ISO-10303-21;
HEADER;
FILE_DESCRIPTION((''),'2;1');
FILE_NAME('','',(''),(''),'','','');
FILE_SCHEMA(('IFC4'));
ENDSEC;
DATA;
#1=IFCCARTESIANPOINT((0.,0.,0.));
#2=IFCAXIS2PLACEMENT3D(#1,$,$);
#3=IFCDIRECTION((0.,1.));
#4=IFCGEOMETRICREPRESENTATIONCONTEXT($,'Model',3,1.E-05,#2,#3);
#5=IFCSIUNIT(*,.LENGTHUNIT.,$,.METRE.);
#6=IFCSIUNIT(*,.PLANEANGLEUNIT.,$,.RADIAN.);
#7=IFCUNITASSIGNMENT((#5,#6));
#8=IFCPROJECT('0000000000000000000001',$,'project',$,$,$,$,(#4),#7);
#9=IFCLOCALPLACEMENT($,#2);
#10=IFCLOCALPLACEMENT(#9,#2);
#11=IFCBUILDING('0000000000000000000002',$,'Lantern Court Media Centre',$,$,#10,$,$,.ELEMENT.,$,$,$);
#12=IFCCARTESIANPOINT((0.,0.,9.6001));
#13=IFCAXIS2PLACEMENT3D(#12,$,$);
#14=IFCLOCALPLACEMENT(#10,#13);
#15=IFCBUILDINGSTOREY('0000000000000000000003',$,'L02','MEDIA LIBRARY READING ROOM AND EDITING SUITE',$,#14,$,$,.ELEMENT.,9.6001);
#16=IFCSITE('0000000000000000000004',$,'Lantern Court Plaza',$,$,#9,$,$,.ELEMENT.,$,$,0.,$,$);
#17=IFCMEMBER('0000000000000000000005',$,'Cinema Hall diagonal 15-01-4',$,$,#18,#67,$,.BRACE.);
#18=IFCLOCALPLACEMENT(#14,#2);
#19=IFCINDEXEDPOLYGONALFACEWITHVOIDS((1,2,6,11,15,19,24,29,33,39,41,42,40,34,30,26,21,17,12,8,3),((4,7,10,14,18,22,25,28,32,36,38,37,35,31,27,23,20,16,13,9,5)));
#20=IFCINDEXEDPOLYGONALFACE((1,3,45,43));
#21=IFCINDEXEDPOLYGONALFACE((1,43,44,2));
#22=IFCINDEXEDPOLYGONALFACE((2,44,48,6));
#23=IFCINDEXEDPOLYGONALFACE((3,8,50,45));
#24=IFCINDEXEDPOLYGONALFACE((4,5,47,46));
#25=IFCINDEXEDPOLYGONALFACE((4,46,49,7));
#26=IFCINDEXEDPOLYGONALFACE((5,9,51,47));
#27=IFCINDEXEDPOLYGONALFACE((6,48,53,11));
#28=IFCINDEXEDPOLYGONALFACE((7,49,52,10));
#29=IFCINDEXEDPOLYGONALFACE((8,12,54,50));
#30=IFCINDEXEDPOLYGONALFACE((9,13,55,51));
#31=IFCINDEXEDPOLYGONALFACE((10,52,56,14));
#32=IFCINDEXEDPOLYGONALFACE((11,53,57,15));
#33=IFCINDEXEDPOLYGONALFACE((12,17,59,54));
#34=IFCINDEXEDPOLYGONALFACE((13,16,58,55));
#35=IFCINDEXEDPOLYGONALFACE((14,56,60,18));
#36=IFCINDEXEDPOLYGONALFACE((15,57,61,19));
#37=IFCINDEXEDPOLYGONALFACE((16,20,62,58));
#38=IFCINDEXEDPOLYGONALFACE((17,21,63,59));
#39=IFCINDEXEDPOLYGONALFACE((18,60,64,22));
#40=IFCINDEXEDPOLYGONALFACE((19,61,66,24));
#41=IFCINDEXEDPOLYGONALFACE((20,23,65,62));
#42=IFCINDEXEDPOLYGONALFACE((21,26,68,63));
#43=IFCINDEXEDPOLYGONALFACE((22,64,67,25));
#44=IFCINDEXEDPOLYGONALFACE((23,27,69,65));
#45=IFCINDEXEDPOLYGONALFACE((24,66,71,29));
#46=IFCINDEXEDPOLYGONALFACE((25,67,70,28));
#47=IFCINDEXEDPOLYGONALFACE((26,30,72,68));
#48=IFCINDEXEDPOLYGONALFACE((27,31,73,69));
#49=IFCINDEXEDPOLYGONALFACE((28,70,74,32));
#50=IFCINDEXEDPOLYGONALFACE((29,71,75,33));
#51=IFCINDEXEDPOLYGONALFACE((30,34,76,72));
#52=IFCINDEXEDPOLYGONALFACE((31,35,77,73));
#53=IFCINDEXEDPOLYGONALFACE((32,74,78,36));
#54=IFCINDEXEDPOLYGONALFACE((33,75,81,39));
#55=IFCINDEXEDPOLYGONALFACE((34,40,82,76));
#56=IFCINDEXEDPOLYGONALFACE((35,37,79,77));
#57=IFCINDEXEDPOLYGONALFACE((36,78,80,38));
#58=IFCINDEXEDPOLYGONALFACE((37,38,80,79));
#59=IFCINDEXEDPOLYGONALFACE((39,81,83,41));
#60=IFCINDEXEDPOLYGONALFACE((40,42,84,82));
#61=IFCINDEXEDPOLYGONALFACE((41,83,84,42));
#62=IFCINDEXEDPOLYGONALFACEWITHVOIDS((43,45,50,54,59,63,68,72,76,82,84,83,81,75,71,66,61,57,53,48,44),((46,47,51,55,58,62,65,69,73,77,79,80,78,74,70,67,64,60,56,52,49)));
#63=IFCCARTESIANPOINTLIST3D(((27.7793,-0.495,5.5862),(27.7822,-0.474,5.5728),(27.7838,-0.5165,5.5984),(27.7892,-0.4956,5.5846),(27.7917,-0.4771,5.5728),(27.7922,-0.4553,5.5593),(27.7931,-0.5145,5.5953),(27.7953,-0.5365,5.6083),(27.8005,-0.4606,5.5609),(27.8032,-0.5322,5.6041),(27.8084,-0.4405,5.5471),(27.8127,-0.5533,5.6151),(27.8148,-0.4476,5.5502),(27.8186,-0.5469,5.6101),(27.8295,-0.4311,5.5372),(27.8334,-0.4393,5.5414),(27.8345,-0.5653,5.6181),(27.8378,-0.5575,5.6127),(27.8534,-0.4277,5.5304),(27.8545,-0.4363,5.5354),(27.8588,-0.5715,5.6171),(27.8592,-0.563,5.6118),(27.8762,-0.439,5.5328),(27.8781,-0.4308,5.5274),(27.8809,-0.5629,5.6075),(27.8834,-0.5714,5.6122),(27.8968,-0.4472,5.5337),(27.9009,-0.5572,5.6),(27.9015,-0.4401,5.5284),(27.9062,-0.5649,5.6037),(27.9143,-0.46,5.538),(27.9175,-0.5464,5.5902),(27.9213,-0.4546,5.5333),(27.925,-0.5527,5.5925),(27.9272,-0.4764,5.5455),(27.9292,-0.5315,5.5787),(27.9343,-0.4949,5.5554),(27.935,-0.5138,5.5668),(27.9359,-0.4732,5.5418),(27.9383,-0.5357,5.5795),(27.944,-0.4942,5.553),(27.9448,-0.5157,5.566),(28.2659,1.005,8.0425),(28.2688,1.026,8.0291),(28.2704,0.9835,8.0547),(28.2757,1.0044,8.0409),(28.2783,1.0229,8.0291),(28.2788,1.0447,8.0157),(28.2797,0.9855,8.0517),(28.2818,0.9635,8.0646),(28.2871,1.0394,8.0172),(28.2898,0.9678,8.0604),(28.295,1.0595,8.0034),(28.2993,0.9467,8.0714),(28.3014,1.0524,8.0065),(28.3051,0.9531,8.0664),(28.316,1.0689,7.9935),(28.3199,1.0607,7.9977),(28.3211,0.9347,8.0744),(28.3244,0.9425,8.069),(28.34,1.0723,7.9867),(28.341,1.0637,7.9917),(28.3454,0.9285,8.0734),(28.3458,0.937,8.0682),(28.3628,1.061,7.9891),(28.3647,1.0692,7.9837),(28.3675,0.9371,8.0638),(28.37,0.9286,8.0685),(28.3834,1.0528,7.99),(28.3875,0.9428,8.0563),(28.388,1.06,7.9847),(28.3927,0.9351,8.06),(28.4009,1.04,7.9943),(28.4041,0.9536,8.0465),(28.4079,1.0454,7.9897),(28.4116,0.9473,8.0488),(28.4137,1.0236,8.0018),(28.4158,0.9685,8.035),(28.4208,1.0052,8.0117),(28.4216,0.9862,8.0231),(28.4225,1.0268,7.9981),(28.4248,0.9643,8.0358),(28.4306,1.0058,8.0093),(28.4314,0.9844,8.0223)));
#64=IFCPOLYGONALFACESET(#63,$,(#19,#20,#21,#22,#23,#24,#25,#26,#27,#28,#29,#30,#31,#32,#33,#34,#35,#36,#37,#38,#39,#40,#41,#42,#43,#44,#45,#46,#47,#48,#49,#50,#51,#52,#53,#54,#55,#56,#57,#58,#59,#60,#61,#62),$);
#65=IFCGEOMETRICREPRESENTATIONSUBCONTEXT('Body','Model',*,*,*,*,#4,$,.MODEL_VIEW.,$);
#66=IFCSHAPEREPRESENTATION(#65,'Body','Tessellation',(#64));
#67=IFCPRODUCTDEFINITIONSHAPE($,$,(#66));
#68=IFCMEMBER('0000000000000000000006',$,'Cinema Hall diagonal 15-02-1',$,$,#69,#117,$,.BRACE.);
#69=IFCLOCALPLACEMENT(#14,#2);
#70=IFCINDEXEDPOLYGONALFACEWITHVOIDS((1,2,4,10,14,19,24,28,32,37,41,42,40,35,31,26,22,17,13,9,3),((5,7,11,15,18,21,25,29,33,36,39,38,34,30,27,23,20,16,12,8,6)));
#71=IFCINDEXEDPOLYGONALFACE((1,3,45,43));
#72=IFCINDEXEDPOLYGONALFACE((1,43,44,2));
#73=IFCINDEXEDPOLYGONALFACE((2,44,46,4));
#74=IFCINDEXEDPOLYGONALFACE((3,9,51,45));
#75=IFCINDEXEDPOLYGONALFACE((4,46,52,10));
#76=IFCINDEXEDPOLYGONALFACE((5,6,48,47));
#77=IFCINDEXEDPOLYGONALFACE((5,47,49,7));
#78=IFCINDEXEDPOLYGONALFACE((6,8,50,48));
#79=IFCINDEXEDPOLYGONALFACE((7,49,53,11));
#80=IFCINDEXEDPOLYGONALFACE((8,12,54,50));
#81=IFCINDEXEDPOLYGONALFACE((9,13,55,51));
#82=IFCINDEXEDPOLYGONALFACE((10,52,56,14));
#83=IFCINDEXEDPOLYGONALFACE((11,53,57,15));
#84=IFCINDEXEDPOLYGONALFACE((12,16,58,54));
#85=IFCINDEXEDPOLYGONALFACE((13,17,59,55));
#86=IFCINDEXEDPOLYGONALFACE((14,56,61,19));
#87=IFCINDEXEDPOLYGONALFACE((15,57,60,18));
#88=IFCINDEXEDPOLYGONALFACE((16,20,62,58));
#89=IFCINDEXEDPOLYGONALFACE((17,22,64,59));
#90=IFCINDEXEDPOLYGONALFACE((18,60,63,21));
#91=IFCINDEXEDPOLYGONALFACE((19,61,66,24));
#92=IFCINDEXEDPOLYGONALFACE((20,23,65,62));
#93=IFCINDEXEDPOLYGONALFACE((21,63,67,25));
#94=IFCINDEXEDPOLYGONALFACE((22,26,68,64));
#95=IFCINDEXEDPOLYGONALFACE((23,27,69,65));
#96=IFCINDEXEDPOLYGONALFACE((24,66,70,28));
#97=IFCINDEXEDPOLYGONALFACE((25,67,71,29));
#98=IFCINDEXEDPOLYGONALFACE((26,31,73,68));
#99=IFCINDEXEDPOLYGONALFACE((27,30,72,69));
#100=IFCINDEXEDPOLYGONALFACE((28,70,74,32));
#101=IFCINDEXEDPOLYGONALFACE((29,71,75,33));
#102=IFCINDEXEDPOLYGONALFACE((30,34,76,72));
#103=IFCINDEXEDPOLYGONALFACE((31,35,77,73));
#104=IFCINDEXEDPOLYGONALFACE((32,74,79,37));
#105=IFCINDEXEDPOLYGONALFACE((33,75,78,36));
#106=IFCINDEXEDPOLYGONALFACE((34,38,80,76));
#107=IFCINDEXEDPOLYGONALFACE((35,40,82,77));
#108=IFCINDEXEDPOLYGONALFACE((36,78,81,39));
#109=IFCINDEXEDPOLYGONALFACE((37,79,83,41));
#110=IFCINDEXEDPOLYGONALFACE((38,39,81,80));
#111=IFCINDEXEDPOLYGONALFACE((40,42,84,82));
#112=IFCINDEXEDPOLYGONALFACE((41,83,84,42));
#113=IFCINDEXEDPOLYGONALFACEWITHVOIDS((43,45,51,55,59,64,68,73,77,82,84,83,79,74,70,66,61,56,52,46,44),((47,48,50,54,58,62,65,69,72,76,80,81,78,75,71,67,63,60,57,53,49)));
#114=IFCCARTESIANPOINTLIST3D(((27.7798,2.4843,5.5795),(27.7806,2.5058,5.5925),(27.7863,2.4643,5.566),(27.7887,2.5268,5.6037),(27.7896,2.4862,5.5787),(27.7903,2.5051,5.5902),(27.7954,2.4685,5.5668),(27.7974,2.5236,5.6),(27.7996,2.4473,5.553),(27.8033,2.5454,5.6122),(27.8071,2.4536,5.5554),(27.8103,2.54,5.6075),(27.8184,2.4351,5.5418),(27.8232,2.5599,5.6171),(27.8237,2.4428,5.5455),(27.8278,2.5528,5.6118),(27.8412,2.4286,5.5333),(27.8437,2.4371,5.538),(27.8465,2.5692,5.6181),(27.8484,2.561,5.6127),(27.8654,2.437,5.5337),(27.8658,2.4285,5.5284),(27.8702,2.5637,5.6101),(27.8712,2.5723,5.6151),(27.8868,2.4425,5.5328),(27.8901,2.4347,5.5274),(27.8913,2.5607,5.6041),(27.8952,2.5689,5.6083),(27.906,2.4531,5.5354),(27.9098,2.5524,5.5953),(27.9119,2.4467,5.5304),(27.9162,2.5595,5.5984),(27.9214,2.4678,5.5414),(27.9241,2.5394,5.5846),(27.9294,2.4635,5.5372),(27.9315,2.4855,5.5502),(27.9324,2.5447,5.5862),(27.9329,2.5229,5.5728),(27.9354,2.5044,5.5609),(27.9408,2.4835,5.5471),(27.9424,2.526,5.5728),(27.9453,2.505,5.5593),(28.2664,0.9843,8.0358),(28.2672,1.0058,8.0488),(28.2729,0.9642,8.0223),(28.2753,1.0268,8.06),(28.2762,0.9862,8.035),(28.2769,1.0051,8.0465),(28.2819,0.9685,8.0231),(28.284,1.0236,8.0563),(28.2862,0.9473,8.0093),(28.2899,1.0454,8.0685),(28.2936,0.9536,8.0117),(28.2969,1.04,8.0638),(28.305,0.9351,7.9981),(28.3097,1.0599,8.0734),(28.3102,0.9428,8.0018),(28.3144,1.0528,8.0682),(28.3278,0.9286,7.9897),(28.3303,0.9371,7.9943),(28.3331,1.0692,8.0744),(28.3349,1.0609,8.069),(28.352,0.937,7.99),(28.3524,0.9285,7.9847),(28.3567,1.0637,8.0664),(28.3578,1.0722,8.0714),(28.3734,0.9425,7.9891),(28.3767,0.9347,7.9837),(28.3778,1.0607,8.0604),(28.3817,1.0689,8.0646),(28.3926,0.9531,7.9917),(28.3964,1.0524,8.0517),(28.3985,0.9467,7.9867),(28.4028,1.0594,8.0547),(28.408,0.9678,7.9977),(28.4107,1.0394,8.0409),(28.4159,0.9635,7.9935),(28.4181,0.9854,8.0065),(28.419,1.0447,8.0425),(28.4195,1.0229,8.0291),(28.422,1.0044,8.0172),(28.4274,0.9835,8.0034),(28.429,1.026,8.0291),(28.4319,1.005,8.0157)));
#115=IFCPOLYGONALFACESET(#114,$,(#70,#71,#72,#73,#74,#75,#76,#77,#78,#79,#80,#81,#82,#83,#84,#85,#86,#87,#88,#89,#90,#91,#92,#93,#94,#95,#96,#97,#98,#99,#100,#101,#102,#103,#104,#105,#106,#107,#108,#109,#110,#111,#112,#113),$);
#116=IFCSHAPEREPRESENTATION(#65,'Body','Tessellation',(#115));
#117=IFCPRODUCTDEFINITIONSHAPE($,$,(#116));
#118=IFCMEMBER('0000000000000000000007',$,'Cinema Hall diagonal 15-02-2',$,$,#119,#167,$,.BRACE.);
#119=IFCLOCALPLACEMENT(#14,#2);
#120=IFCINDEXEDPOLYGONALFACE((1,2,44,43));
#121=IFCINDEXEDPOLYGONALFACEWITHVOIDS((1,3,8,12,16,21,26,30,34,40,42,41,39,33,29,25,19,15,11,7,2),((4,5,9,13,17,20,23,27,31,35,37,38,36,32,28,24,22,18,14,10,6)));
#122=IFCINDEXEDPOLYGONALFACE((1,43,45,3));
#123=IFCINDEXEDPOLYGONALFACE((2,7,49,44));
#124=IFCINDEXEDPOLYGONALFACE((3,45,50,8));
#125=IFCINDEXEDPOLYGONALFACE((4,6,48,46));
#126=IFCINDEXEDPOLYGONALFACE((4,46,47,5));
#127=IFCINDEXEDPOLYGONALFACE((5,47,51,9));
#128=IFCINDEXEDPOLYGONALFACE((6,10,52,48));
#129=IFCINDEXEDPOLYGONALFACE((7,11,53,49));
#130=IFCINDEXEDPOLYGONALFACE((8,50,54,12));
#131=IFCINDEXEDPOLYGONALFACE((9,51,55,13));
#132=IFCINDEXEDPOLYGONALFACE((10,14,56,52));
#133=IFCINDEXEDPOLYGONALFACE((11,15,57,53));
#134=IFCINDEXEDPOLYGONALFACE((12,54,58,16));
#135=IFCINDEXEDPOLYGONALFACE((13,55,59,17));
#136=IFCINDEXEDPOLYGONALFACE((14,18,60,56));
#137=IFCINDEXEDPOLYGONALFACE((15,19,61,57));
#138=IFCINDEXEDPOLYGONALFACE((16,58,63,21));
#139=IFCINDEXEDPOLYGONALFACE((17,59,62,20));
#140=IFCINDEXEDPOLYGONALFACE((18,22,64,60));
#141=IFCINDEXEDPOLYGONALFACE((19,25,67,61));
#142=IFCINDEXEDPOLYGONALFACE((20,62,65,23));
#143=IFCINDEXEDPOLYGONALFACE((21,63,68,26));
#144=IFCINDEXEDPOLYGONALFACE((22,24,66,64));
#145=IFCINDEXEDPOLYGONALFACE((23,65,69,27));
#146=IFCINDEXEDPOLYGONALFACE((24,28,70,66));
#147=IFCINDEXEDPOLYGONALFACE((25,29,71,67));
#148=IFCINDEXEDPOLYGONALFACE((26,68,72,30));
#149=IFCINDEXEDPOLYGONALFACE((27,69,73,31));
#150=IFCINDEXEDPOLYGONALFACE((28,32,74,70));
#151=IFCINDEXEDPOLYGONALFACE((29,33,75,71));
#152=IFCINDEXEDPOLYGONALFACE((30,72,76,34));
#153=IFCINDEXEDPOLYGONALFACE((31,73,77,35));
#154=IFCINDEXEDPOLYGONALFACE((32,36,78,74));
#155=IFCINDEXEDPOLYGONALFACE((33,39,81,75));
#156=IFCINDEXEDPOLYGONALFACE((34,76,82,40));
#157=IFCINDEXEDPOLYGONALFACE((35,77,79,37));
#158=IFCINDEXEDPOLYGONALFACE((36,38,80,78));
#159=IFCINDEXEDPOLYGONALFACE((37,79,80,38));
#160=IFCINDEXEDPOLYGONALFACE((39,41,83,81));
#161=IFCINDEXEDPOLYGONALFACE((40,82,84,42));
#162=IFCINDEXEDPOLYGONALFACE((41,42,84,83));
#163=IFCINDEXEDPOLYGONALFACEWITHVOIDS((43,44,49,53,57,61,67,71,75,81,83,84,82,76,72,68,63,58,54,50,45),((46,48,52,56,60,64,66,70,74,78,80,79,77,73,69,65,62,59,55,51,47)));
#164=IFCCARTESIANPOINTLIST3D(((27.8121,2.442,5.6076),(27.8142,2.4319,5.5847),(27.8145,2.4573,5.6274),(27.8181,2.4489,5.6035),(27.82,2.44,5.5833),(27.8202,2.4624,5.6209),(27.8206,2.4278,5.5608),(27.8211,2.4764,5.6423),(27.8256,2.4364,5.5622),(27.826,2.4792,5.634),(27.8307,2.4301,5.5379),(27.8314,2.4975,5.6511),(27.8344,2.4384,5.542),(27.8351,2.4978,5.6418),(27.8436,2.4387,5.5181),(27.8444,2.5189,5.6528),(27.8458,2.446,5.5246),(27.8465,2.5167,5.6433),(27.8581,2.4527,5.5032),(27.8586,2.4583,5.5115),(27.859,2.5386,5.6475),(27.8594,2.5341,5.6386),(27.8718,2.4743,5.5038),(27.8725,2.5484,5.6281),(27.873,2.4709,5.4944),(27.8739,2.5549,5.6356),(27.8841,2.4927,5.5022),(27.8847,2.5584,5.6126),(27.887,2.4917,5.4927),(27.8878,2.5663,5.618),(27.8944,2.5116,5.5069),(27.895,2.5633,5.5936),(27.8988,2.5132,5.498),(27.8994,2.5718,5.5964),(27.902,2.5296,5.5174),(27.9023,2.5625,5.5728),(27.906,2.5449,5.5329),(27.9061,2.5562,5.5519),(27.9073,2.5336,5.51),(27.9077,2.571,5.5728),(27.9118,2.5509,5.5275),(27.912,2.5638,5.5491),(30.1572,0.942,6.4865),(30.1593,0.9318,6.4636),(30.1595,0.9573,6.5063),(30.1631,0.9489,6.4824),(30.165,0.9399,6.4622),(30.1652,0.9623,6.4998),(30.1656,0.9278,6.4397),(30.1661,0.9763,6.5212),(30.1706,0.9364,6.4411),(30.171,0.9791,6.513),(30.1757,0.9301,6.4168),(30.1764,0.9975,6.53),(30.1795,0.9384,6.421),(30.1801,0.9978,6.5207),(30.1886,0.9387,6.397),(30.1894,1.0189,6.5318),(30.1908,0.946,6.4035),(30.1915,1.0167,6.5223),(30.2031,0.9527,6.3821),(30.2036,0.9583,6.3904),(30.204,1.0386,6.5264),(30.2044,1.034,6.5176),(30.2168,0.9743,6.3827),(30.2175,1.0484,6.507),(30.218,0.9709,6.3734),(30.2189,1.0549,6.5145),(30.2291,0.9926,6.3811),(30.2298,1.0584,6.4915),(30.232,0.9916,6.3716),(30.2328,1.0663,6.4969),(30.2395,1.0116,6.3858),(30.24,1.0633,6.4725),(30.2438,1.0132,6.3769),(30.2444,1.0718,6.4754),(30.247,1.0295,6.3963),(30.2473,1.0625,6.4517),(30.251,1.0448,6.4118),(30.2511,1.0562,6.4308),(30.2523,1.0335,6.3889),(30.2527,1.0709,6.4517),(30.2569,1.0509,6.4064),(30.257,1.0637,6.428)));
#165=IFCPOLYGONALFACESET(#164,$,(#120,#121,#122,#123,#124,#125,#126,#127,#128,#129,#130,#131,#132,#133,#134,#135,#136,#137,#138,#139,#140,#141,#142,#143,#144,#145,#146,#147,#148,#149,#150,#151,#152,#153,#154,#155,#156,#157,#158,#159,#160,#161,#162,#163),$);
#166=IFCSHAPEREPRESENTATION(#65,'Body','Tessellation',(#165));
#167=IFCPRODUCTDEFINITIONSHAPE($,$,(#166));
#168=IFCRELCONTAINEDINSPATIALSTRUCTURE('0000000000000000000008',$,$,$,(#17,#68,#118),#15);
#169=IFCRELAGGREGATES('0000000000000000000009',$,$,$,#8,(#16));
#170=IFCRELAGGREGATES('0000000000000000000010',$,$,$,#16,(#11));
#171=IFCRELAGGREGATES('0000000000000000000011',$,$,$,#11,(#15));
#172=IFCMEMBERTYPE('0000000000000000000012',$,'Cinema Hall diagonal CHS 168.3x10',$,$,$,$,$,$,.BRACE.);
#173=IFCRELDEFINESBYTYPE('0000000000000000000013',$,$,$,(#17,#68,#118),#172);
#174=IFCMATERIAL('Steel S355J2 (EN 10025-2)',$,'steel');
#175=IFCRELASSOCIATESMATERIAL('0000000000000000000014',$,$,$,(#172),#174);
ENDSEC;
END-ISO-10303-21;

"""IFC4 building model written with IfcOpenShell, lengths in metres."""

from ifc_helpers import new_model, si_unit, direction, frame, origin, origin_2d, place, context, subcontext, project, spatial, hollow_circle, extrude, material, material_profile, profile_set, type_object, element, save


model = new_model("IFC4")

# Units and contexts
model_context = context("Model", 3, precision=1e-05, world=origin(), true_north=direction((0.0, 1.0)))
body_context = subcontext(model_context, "Body", "Model", "MODEL_VIEW")
ifc_project = project(units=[si_unit("LENGTHUNIT", "METRE"), si_unit("PLANEANGLEUNIT", "RADIAN")], contexts=[model_context])

# Site, building, storey
site_placement = place(None, origin())
site = spatial("IfcSite", under=ifc_project, at=site_placement, Name="Lantern Court Plaza", CompositionType="ELEMENT", RefElevation=0.0)
building_placement = place(site_placement, origin())
building = spatial("IfcBuilding", under=site, at=building_placement, Name="Lantern Court Media Centre", CompositionType="ELEMENT")
storey_placement = place(building_placement, frame((0.0, 0.0, 9.6001)))
storey = spatial("IfcBuildingStorey", under=building, at=storey_placement, Name="L02", Description="MEDIA LIBRARY READING ROOM AND EDITING SUITE", CompositionType="ELEMENT", Elevation=9.6001)

# Members
ifc_material = material(Name="Steel S355J2 (EN 10025-2)", Category="steel")
ifc_material_profile_1 = material_profile(ifc_material, hollow_circle(Radius=0.0842, WallThickness=0.01, at=origin_2d()), Name="Cinema Hall diagonal CHS 168.3x10")
ifc_profile_set_1 = profile_set([ifc_material_profile_1], Name="Steel S355J2 (EN 10025-2)")
member_type_1 = type_object("IfcMemberType", Name="Cinema Hall diagonal CHS 168.3x10", PredefinedType="BRACE", material=ifc_profile_set_1)
for number, where, z_axis, x_axis, name in (
    (1, (27.8623, -0.5, 5.5728), (0.166695, 0.513887, 0.841506), (-0.951207, 0.308554, 0.0), "Cinema Hall diagonal 15-01-4"),
    (2, (27.8623, 2.5, 5.5728), (0.166695, -0.513887, 0.841506), (0.951207, 0.308554, 0.0), "Cinema Hall diagonal 15-02-1"),
):
    element("IfcMember", number, at=place(storey_placement, frame(where, z_axis=z_axis, x_axis=x_axis)), inside=storey, type_object=member_type_1, Name=name, PredefinedType="BRACE", context=body_context, shape_type="SweptSolid", body=[
        extrude(hollow_circle(Radius=0.0842, WallThickness=0.01, at=origin_2d()), origin(), (0.0, 0.0, 1.0), 2.9189),
    ])
for number, where, z_axis, x_axis, name in (
    (3, (27.8623, 2.5, 5.5728), (0.803309, -0.51385, 0.301084), (0.538855, 0.842399, 0.0), "Cinema Hall diagonal 15-02-2"),
):
    element("IfcMember", number, at=place(storey_placement, frame(where, z_axis=z_axis, x_axis=x_axis)), inside=storey, type_object=member_type_1, Name=name, PredefinedType="BRACE", context=body_context, shape_type="SweptSolid", body=[
        extrude(hollow_circle(Radius=0.0842, WallThickness=0.01, at=origin_2d()), origin(), (0.0, 0.0, 1.0), 2.9192),
    ])

save(model, "model.ifc")
